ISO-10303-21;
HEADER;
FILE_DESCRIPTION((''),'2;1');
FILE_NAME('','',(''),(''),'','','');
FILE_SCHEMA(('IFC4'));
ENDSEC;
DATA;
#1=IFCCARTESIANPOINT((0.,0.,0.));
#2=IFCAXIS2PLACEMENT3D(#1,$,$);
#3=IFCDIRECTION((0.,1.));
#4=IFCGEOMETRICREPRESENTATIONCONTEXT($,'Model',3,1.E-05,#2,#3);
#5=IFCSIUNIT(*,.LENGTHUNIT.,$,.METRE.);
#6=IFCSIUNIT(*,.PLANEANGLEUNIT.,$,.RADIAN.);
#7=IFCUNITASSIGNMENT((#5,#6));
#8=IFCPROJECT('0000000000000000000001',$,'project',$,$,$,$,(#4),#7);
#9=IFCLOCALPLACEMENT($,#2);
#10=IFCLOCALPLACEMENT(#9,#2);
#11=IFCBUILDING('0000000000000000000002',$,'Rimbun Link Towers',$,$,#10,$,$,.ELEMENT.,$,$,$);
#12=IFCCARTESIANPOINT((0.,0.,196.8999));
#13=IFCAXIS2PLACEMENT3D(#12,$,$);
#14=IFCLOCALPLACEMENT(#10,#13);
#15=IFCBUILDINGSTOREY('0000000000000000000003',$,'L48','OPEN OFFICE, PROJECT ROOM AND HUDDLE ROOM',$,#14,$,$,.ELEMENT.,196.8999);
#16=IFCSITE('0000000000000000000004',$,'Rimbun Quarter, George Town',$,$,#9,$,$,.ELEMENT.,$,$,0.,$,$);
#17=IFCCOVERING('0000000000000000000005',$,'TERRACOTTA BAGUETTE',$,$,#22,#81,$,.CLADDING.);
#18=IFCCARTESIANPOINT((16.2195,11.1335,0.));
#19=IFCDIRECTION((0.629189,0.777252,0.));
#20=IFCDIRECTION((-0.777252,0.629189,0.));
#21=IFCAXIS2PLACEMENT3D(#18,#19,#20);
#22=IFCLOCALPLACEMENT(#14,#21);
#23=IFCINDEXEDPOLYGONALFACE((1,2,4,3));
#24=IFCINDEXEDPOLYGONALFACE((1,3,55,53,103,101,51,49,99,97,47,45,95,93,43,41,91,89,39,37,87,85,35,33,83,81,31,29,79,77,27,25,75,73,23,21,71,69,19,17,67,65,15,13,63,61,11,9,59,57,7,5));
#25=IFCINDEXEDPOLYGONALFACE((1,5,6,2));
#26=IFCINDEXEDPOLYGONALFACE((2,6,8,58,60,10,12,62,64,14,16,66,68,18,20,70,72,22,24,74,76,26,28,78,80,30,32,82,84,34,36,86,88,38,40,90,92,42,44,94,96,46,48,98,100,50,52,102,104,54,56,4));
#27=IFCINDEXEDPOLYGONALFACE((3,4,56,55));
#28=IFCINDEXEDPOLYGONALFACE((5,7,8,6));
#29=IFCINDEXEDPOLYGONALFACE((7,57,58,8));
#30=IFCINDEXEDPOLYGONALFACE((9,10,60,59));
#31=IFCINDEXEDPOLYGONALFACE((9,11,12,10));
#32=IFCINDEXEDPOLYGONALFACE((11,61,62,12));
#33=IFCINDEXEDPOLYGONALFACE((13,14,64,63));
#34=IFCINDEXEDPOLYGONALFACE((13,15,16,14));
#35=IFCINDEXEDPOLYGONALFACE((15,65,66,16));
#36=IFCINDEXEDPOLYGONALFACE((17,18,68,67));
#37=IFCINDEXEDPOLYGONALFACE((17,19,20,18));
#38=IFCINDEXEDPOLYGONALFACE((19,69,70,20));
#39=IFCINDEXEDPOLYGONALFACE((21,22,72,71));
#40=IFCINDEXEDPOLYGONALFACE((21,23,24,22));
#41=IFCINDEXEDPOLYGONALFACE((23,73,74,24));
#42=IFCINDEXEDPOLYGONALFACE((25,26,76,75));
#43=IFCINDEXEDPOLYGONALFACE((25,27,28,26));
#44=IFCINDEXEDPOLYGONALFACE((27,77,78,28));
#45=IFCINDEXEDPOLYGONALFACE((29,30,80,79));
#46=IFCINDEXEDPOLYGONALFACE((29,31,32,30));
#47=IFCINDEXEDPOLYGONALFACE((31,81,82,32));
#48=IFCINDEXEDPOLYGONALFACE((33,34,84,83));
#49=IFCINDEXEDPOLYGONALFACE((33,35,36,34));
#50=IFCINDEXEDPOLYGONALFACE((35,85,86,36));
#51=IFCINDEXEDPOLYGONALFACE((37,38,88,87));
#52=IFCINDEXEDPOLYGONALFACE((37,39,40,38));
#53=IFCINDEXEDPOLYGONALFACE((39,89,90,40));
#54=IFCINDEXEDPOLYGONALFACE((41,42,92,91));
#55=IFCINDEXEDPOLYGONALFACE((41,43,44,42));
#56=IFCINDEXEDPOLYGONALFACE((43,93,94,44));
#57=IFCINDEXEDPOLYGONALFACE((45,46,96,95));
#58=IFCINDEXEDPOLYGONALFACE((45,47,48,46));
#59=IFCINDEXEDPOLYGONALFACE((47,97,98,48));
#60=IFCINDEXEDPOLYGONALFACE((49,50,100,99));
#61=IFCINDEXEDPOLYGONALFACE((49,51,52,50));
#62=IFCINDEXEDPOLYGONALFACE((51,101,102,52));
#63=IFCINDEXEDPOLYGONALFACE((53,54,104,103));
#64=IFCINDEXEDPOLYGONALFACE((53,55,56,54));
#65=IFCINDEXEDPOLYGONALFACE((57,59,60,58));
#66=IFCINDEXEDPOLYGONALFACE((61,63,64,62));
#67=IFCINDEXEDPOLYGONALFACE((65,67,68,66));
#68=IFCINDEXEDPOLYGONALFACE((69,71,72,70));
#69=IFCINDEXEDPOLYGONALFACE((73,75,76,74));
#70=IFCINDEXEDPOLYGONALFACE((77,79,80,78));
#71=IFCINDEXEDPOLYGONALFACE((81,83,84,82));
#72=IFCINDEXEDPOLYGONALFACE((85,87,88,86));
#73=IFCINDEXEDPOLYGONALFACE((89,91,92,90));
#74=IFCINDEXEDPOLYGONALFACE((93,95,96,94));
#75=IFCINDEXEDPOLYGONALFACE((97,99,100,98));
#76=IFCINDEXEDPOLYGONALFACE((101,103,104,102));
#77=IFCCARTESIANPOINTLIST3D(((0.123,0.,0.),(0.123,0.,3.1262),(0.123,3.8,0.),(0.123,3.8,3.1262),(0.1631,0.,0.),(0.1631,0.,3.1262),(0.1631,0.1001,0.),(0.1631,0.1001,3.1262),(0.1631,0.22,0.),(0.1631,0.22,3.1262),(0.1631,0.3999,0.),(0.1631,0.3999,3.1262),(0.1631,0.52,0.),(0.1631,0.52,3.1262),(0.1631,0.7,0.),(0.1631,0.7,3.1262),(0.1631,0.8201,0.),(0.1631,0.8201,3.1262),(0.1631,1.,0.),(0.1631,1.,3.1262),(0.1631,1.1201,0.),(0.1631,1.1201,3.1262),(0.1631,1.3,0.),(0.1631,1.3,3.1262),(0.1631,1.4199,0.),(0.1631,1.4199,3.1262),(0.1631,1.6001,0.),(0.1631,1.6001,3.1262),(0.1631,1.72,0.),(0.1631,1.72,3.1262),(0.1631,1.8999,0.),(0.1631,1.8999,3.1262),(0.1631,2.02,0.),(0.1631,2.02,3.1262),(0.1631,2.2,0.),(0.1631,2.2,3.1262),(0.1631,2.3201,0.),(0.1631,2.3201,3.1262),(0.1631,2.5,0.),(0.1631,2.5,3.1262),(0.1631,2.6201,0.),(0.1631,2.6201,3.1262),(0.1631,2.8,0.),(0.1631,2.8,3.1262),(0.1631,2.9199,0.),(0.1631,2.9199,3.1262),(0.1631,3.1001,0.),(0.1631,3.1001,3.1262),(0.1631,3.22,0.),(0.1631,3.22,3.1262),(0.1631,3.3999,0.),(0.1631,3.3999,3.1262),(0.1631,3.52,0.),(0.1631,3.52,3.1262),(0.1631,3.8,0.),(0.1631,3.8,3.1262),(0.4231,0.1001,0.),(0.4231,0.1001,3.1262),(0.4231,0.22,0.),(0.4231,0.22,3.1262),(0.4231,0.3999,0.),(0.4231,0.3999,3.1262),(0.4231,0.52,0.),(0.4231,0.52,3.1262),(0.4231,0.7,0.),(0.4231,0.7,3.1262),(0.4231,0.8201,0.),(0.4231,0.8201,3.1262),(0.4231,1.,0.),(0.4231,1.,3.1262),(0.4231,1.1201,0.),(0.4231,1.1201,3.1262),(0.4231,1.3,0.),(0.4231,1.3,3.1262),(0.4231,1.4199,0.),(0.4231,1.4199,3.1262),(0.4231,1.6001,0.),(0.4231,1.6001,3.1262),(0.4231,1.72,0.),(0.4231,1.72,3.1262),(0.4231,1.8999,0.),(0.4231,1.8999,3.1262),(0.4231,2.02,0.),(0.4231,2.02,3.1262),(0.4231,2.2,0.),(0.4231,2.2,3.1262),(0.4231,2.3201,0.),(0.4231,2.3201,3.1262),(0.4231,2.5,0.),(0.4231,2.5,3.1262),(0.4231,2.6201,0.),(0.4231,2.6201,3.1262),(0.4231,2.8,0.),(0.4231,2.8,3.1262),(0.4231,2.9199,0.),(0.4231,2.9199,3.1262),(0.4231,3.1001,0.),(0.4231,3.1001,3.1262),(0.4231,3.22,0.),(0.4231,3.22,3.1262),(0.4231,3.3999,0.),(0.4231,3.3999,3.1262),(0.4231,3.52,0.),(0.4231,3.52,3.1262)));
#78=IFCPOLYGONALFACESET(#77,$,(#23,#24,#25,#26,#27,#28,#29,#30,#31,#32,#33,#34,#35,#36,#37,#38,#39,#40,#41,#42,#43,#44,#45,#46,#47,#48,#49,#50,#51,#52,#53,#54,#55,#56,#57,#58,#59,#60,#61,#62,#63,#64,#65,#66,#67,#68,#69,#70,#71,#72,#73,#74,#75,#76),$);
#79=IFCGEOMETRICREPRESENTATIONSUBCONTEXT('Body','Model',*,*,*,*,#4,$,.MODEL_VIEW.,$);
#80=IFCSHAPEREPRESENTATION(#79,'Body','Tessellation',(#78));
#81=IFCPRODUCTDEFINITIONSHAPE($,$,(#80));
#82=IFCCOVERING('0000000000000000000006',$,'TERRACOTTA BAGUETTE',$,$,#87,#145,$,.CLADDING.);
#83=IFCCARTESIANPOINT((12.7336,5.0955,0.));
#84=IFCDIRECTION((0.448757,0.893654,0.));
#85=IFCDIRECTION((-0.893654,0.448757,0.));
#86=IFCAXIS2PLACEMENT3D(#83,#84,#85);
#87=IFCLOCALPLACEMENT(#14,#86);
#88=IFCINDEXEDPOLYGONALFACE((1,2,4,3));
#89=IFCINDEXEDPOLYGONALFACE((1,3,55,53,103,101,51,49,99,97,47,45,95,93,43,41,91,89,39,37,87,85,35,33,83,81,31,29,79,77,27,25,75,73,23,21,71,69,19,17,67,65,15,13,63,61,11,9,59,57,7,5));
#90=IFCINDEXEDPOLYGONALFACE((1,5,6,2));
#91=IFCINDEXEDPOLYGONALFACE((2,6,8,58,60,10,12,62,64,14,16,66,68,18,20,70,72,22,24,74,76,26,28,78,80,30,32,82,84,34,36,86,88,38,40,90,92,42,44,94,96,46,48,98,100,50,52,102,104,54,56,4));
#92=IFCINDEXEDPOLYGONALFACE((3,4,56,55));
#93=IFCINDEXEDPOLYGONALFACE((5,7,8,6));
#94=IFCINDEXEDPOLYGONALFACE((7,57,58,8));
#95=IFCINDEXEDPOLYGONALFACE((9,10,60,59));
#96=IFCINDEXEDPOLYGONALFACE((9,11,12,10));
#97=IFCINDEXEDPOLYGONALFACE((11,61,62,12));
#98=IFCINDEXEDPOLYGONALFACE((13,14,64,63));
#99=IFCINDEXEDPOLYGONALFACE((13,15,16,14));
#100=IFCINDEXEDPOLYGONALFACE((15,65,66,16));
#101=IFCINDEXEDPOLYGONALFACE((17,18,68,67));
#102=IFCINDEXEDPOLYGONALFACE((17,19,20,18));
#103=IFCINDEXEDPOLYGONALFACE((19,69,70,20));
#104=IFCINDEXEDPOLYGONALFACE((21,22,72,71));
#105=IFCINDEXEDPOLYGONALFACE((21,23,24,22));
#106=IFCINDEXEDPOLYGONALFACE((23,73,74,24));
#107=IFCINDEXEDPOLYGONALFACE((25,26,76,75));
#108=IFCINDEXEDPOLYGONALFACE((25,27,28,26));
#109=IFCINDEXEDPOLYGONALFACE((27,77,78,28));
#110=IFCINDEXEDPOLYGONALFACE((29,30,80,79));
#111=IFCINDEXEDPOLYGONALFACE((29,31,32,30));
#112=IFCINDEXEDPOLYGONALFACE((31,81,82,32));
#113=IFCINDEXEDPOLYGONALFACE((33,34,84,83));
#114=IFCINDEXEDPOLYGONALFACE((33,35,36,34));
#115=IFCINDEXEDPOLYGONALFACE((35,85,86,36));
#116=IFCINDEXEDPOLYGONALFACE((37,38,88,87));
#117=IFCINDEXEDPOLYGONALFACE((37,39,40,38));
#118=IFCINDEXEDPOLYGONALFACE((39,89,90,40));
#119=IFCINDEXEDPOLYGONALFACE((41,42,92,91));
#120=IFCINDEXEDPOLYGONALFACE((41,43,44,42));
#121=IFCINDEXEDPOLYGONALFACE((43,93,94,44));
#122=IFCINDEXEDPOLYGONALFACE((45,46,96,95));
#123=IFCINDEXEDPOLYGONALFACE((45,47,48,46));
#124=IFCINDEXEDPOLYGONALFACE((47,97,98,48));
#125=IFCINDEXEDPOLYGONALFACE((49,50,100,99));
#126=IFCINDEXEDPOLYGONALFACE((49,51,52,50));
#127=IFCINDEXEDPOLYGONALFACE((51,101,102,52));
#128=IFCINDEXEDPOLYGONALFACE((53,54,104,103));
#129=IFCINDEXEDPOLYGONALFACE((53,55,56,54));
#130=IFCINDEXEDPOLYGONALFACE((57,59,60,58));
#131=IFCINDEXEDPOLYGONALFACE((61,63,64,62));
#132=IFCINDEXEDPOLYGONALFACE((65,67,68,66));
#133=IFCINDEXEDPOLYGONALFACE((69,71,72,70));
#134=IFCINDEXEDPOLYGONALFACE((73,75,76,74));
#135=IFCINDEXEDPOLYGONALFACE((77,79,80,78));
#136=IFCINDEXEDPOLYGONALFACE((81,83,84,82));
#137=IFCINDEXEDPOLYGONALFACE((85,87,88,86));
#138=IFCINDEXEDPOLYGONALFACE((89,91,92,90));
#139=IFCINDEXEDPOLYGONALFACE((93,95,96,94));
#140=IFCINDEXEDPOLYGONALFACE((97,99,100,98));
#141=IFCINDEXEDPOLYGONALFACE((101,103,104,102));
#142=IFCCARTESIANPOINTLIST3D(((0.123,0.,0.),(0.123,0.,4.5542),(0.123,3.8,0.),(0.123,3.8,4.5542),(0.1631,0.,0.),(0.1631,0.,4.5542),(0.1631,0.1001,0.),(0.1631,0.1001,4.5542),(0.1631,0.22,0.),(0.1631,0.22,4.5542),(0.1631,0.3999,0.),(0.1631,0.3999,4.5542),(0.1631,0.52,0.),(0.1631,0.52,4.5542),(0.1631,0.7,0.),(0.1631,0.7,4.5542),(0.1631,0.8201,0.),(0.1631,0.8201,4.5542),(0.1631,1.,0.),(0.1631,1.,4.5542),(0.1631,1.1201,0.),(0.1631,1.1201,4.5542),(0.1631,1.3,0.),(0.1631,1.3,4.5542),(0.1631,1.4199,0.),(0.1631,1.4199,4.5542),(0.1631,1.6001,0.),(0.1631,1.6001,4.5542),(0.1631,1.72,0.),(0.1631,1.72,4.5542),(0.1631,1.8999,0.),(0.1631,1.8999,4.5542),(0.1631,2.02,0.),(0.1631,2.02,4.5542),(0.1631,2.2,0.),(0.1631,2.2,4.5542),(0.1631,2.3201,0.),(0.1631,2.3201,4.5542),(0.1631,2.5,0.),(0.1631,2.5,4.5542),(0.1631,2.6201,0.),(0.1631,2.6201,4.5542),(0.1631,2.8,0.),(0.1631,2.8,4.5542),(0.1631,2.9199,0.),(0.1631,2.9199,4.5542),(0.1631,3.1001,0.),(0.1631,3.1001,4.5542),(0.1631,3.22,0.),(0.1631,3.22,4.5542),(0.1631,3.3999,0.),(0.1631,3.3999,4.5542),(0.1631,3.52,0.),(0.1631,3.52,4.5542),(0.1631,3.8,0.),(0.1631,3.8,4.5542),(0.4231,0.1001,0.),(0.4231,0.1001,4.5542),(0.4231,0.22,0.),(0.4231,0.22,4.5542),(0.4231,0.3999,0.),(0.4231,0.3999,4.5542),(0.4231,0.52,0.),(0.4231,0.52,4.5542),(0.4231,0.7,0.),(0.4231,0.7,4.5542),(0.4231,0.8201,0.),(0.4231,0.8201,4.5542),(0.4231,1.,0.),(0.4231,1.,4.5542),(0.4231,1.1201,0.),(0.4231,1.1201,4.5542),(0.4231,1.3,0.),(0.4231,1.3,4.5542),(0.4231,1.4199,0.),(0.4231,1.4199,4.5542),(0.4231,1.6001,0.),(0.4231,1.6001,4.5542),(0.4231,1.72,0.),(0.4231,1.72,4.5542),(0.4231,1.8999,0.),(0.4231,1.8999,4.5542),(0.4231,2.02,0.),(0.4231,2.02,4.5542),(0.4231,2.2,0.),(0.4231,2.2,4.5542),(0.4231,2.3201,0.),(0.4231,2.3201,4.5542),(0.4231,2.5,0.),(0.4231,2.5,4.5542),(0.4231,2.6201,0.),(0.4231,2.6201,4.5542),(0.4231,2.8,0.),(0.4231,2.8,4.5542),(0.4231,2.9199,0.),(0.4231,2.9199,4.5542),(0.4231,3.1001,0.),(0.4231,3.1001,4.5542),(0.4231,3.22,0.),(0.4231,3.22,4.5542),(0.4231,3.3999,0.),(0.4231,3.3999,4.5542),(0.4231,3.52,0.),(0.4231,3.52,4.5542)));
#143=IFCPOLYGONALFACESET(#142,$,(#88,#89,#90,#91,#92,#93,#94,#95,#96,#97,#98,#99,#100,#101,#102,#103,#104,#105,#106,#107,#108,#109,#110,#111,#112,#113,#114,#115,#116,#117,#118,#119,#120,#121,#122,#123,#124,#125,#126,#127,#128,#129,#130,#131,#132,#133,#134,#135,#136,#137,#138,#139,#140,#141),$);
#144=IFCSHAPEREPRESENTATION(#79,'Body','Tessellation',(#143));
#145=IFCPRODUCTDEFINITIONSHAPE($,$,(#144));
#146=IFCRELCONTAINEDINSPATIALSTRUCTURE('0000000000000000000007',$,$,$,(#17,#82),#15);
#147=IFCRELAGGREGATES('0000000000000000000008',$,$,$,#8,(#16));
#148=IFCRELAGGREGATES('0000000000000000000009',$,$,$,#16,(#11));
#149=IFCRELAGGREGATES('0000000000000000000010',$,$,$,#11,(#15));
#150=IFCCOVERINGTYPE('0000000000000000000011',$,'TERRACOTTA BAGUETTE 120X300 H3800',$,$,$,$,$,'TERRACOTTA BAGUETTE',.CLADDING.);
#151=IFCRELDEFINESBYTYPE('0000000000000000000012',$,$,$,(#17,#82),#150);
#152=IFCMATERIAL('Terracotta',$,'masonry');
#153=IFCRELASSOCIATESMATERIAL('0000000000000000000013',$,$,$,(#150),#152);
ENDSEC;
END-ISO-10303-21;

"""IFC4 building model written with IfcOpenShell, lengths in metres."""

from ifc_helpers import new_model, si_unit, direction, frame, origin, place, context, subcontext, project, spatial, polyline, outline, extrude, material, material_profile, profile_set, type_object, element, save


model = new_model("IFC4")

# Units and contexts
model_context = context("Model", 3, precision=1e-05, world=origin(), true_north=direction((0.0, 1.0)))
body_context = subcontext(model_context, "Body", "Model", "MODEL_VIEW")
ifc_project = project(units=[si_unit("LENGTHUNIT", "METRE"), si_unit("PLANEANGLEUNIT", "RADIAN")], contexts=[model_context])

# Site, building, storey
site_placement = place(None, origin())
site = spatial("IfcSite", under=ifc_project, at=site_placement, Name="Rimbun Quarter, George Town", CompositionType="ELEMENT", RefElevation=0.0)
building_placement = place(site_placement, origin())
building = spatial("IfcBuilding", under=site, at=building_placement, Name="Rimbun Link Towers", CompositionType="ELEMENT")
storey_placement = place(building_placement, frame((0.0, 0.0, 196.8999)))
storey = spatial("IfcBuildingStorey", under=building, at=storey_placement, Name="L48", Description="OPEN OFFICE, PROJECT ROOM AND HUDDLE ROOM", CompositionType="ELEMENT", Elevation=196.8999)

# Coverings
ifc_material_1 = material(Name="Terracotta", Category="masonry")
ifc_material_profile_1 = material_profile(ifc_material_1, outline(polyline([(0.123, 0.0), (0.1631, 0.0), (0.1631, 0.1001), (0.4231, 0.1001), (0.4231, 0.22), (0.1631, 0.22), (0.1631, 0.3999), (0.4231, 0.3999), (0.4231, 0.52), (0.1631, 0.52), (0.1631, 0.7), (0.4231, 0.7), (0.4231, 0.8201), (0.1631, 0.8201), (0.1631, 1.0), (0.4231, 1.0), (0.4231, 1.1201), (0.1631, 1.1201), (0.1631, 1.3), (0.4231, 1.3), (0.4231, 1.4199), (0.1631, 1.4199), (0.1631, 1.6001), (0.4231, 1.6001), (0.4231, 1.72), (0.1631, 1.72), (0.1631, 1.8999), (0.4231, 1.8999), (0.4231, 2.02), (0.1631, 2.02), (0.1631, 2.2), (0.4231, 2.2), (0.4231, 2.3201), (0.1631, 2.3201), (0.1631, 2.5), (0.4231, 2.5), (0.4231, 2.6201), (0.1631, 2.6201), (0.1631, 2.8), (0.4231, 2.8), (0.4231, 2.9199), (0.1631, 2.9199), (0.1631, 3.1001), (0.4231, 3.1001), (0.4231, 3.22), (0.1631, 3.22), (0.1631, 3.3999), (0.4231, 3.3999), (0.4231, 3.52), (0.1631, 3.52), (0.1631, 3.8), (0.123, 3.8), (0.123, 0.0)])), Name="BAGUETTE 120X300")
ifc_profile_set_1 = profile_set([ifc_material_profile_1], Name="Terracotta")
covering_type_1 = type_object("IfcCoveringType", Name="TERRACOTTA BAGUETTE 120X300 H3800", ElementType="TERRACOTTA BAGUETTE", PredefinedType="CLADDING", material=ifc_profile_set_1)
covering_1_placement = place(storey_placement, frame((16.2195, 11.1335, 0.0), z_axis=(0.629189, 0.777252, 0.0), x_axis=(-0.777252, 0.629189, 0.0)))
element("IfcCovering", 1, at=covering_1_placement, inside=storey, type_object=covering_type_1, Name="TERRACOTTA BAGUETTE", PredefinedType="CLADDING", context=body_context, shape_type="SweptSolid", body=[
    extrude(outline(polyline([(0.123, 0.0), (0.1631, 0.0), (0.1631, 0.1001), (0.4231, 0.1001), (0.4231, 0.22), (0.1631, 0.22), (0.1631, 0.3999), (0.4231, 0.3999), (0.4231, 0.52), (0.1631, 0.52), (0.1631, 0.7), (0.4231, 0.7), (0.4231, 0.8201), (0.1631, 0.8201), (0.1631, 1.0), (0.4231, 1.0), (0.4231, 1.1201), (0.1631, 1.1201), (0.1631, 1.3), (0.4231, 1.3), (0.4231, 1.4199), (0.1631, 1.4199), (0.1631, 1.6001), (0.4231, 1.6001), (0.4231, 1.72), (0.1631, 1.72), (0.1631, 1.8999), (0.4231, 1.8999), (0.4231, 2.02), (0.1631, 2.02), (0.1631, 2.2), (0.4231, 2.2), (0.4231, 2.3201), (0.1631, 2.3201), (0.1631, 2.5), (0.4231, 2.5), (0.4231, 2.6201), (0.1631, 2.6201), (0.1631, 2.8), (0.4231, 2.8), (0.4231, 2.9199), (0.1631, 2.9199), (0.1631, 3.1001), (0.4231, 3.1001), (0.4231, 3.22), (0.1631, 3.22), (0.1631, 3.3999), (0.4231, 3.3999), (0.4231, 3.52), (0.1631, 3.52), (0.1631, 3.8), (0.123, 3.8), (0.123, 0.0)])), origin(), (0.0, 0.0, 1.0), 3.1262),
])
covering_2_placement = place(storey_placement, frame((12.7336, 5.0955, 0.0), z_axis=(0.448757, 0.893654, 0.0), x_axis=(-0.893654, 0.448757, 0.0)))
element("IfcCovering", 2, at=covering_2_placement, inside=storey, type_object=covering_type_1, Name="TERRACOTTA BAGUETTE", PredefinedType="CLADDING", context=body_context, shape_type="SweptSolid", body=[
    extrude(outline(polyline([(0.123, 0.0), (0.1631, 0.0), (0.1631, 0.1001), (0.4231, 0.1001), (0.4231, 0.22), (0.1631, 0.22), (0.1631, 0.3999), (0.4231, 0.3999), (0.4231, 0.52), (0.1631, 0.52), (0.1631, 0.7), (0.4231, 0.7), (0.4231, 0.8201), (0.1631, 0.8201), (0.1631, 1.0), (0.4231, 1.0), (0.4231, 1.1201), (0.1631, 1.1201), (0.1631, 1.3), (0.4231, 1.3), (0.4231, 1.4199), (0.1631, 1.4199), (0.1631, 1.6001), (0.4231, 1.6001), (0.4231, 1.72), (0.1631, 1.72), (0.1631, 1.8999), (0.4231, 1.8999), (0.4231, 2.02), (0.1631, 2.02), (0.1631, 2.2), (0.4231, 2.2), (0.4231, 2.3201), (0.1631, 2.3201), (0.1631, 2.5), (0.4231, 2.5), (0.4231, 2.6201), (0.1631, 2.6201), (0.1631, 2.8), (0.4231, 2.8), (0.4231, 2.9199), (0.1631, 2.9199), (0.1631, 3.1001), (0.4231, 3.1001), (0.4231, 3.22), (0.1631, 3.22), (0.1631, 3.3999), (0.4231, 3.3999), (0.4231, 3.52), (0.1631, 3.52), (0.1631, 3.8), (0.123, 3.8), (0.123, 0.0)])), origin(), (0.0, 0.0, 1.0), 4.5542),
])

save(model, "model.ifc")
